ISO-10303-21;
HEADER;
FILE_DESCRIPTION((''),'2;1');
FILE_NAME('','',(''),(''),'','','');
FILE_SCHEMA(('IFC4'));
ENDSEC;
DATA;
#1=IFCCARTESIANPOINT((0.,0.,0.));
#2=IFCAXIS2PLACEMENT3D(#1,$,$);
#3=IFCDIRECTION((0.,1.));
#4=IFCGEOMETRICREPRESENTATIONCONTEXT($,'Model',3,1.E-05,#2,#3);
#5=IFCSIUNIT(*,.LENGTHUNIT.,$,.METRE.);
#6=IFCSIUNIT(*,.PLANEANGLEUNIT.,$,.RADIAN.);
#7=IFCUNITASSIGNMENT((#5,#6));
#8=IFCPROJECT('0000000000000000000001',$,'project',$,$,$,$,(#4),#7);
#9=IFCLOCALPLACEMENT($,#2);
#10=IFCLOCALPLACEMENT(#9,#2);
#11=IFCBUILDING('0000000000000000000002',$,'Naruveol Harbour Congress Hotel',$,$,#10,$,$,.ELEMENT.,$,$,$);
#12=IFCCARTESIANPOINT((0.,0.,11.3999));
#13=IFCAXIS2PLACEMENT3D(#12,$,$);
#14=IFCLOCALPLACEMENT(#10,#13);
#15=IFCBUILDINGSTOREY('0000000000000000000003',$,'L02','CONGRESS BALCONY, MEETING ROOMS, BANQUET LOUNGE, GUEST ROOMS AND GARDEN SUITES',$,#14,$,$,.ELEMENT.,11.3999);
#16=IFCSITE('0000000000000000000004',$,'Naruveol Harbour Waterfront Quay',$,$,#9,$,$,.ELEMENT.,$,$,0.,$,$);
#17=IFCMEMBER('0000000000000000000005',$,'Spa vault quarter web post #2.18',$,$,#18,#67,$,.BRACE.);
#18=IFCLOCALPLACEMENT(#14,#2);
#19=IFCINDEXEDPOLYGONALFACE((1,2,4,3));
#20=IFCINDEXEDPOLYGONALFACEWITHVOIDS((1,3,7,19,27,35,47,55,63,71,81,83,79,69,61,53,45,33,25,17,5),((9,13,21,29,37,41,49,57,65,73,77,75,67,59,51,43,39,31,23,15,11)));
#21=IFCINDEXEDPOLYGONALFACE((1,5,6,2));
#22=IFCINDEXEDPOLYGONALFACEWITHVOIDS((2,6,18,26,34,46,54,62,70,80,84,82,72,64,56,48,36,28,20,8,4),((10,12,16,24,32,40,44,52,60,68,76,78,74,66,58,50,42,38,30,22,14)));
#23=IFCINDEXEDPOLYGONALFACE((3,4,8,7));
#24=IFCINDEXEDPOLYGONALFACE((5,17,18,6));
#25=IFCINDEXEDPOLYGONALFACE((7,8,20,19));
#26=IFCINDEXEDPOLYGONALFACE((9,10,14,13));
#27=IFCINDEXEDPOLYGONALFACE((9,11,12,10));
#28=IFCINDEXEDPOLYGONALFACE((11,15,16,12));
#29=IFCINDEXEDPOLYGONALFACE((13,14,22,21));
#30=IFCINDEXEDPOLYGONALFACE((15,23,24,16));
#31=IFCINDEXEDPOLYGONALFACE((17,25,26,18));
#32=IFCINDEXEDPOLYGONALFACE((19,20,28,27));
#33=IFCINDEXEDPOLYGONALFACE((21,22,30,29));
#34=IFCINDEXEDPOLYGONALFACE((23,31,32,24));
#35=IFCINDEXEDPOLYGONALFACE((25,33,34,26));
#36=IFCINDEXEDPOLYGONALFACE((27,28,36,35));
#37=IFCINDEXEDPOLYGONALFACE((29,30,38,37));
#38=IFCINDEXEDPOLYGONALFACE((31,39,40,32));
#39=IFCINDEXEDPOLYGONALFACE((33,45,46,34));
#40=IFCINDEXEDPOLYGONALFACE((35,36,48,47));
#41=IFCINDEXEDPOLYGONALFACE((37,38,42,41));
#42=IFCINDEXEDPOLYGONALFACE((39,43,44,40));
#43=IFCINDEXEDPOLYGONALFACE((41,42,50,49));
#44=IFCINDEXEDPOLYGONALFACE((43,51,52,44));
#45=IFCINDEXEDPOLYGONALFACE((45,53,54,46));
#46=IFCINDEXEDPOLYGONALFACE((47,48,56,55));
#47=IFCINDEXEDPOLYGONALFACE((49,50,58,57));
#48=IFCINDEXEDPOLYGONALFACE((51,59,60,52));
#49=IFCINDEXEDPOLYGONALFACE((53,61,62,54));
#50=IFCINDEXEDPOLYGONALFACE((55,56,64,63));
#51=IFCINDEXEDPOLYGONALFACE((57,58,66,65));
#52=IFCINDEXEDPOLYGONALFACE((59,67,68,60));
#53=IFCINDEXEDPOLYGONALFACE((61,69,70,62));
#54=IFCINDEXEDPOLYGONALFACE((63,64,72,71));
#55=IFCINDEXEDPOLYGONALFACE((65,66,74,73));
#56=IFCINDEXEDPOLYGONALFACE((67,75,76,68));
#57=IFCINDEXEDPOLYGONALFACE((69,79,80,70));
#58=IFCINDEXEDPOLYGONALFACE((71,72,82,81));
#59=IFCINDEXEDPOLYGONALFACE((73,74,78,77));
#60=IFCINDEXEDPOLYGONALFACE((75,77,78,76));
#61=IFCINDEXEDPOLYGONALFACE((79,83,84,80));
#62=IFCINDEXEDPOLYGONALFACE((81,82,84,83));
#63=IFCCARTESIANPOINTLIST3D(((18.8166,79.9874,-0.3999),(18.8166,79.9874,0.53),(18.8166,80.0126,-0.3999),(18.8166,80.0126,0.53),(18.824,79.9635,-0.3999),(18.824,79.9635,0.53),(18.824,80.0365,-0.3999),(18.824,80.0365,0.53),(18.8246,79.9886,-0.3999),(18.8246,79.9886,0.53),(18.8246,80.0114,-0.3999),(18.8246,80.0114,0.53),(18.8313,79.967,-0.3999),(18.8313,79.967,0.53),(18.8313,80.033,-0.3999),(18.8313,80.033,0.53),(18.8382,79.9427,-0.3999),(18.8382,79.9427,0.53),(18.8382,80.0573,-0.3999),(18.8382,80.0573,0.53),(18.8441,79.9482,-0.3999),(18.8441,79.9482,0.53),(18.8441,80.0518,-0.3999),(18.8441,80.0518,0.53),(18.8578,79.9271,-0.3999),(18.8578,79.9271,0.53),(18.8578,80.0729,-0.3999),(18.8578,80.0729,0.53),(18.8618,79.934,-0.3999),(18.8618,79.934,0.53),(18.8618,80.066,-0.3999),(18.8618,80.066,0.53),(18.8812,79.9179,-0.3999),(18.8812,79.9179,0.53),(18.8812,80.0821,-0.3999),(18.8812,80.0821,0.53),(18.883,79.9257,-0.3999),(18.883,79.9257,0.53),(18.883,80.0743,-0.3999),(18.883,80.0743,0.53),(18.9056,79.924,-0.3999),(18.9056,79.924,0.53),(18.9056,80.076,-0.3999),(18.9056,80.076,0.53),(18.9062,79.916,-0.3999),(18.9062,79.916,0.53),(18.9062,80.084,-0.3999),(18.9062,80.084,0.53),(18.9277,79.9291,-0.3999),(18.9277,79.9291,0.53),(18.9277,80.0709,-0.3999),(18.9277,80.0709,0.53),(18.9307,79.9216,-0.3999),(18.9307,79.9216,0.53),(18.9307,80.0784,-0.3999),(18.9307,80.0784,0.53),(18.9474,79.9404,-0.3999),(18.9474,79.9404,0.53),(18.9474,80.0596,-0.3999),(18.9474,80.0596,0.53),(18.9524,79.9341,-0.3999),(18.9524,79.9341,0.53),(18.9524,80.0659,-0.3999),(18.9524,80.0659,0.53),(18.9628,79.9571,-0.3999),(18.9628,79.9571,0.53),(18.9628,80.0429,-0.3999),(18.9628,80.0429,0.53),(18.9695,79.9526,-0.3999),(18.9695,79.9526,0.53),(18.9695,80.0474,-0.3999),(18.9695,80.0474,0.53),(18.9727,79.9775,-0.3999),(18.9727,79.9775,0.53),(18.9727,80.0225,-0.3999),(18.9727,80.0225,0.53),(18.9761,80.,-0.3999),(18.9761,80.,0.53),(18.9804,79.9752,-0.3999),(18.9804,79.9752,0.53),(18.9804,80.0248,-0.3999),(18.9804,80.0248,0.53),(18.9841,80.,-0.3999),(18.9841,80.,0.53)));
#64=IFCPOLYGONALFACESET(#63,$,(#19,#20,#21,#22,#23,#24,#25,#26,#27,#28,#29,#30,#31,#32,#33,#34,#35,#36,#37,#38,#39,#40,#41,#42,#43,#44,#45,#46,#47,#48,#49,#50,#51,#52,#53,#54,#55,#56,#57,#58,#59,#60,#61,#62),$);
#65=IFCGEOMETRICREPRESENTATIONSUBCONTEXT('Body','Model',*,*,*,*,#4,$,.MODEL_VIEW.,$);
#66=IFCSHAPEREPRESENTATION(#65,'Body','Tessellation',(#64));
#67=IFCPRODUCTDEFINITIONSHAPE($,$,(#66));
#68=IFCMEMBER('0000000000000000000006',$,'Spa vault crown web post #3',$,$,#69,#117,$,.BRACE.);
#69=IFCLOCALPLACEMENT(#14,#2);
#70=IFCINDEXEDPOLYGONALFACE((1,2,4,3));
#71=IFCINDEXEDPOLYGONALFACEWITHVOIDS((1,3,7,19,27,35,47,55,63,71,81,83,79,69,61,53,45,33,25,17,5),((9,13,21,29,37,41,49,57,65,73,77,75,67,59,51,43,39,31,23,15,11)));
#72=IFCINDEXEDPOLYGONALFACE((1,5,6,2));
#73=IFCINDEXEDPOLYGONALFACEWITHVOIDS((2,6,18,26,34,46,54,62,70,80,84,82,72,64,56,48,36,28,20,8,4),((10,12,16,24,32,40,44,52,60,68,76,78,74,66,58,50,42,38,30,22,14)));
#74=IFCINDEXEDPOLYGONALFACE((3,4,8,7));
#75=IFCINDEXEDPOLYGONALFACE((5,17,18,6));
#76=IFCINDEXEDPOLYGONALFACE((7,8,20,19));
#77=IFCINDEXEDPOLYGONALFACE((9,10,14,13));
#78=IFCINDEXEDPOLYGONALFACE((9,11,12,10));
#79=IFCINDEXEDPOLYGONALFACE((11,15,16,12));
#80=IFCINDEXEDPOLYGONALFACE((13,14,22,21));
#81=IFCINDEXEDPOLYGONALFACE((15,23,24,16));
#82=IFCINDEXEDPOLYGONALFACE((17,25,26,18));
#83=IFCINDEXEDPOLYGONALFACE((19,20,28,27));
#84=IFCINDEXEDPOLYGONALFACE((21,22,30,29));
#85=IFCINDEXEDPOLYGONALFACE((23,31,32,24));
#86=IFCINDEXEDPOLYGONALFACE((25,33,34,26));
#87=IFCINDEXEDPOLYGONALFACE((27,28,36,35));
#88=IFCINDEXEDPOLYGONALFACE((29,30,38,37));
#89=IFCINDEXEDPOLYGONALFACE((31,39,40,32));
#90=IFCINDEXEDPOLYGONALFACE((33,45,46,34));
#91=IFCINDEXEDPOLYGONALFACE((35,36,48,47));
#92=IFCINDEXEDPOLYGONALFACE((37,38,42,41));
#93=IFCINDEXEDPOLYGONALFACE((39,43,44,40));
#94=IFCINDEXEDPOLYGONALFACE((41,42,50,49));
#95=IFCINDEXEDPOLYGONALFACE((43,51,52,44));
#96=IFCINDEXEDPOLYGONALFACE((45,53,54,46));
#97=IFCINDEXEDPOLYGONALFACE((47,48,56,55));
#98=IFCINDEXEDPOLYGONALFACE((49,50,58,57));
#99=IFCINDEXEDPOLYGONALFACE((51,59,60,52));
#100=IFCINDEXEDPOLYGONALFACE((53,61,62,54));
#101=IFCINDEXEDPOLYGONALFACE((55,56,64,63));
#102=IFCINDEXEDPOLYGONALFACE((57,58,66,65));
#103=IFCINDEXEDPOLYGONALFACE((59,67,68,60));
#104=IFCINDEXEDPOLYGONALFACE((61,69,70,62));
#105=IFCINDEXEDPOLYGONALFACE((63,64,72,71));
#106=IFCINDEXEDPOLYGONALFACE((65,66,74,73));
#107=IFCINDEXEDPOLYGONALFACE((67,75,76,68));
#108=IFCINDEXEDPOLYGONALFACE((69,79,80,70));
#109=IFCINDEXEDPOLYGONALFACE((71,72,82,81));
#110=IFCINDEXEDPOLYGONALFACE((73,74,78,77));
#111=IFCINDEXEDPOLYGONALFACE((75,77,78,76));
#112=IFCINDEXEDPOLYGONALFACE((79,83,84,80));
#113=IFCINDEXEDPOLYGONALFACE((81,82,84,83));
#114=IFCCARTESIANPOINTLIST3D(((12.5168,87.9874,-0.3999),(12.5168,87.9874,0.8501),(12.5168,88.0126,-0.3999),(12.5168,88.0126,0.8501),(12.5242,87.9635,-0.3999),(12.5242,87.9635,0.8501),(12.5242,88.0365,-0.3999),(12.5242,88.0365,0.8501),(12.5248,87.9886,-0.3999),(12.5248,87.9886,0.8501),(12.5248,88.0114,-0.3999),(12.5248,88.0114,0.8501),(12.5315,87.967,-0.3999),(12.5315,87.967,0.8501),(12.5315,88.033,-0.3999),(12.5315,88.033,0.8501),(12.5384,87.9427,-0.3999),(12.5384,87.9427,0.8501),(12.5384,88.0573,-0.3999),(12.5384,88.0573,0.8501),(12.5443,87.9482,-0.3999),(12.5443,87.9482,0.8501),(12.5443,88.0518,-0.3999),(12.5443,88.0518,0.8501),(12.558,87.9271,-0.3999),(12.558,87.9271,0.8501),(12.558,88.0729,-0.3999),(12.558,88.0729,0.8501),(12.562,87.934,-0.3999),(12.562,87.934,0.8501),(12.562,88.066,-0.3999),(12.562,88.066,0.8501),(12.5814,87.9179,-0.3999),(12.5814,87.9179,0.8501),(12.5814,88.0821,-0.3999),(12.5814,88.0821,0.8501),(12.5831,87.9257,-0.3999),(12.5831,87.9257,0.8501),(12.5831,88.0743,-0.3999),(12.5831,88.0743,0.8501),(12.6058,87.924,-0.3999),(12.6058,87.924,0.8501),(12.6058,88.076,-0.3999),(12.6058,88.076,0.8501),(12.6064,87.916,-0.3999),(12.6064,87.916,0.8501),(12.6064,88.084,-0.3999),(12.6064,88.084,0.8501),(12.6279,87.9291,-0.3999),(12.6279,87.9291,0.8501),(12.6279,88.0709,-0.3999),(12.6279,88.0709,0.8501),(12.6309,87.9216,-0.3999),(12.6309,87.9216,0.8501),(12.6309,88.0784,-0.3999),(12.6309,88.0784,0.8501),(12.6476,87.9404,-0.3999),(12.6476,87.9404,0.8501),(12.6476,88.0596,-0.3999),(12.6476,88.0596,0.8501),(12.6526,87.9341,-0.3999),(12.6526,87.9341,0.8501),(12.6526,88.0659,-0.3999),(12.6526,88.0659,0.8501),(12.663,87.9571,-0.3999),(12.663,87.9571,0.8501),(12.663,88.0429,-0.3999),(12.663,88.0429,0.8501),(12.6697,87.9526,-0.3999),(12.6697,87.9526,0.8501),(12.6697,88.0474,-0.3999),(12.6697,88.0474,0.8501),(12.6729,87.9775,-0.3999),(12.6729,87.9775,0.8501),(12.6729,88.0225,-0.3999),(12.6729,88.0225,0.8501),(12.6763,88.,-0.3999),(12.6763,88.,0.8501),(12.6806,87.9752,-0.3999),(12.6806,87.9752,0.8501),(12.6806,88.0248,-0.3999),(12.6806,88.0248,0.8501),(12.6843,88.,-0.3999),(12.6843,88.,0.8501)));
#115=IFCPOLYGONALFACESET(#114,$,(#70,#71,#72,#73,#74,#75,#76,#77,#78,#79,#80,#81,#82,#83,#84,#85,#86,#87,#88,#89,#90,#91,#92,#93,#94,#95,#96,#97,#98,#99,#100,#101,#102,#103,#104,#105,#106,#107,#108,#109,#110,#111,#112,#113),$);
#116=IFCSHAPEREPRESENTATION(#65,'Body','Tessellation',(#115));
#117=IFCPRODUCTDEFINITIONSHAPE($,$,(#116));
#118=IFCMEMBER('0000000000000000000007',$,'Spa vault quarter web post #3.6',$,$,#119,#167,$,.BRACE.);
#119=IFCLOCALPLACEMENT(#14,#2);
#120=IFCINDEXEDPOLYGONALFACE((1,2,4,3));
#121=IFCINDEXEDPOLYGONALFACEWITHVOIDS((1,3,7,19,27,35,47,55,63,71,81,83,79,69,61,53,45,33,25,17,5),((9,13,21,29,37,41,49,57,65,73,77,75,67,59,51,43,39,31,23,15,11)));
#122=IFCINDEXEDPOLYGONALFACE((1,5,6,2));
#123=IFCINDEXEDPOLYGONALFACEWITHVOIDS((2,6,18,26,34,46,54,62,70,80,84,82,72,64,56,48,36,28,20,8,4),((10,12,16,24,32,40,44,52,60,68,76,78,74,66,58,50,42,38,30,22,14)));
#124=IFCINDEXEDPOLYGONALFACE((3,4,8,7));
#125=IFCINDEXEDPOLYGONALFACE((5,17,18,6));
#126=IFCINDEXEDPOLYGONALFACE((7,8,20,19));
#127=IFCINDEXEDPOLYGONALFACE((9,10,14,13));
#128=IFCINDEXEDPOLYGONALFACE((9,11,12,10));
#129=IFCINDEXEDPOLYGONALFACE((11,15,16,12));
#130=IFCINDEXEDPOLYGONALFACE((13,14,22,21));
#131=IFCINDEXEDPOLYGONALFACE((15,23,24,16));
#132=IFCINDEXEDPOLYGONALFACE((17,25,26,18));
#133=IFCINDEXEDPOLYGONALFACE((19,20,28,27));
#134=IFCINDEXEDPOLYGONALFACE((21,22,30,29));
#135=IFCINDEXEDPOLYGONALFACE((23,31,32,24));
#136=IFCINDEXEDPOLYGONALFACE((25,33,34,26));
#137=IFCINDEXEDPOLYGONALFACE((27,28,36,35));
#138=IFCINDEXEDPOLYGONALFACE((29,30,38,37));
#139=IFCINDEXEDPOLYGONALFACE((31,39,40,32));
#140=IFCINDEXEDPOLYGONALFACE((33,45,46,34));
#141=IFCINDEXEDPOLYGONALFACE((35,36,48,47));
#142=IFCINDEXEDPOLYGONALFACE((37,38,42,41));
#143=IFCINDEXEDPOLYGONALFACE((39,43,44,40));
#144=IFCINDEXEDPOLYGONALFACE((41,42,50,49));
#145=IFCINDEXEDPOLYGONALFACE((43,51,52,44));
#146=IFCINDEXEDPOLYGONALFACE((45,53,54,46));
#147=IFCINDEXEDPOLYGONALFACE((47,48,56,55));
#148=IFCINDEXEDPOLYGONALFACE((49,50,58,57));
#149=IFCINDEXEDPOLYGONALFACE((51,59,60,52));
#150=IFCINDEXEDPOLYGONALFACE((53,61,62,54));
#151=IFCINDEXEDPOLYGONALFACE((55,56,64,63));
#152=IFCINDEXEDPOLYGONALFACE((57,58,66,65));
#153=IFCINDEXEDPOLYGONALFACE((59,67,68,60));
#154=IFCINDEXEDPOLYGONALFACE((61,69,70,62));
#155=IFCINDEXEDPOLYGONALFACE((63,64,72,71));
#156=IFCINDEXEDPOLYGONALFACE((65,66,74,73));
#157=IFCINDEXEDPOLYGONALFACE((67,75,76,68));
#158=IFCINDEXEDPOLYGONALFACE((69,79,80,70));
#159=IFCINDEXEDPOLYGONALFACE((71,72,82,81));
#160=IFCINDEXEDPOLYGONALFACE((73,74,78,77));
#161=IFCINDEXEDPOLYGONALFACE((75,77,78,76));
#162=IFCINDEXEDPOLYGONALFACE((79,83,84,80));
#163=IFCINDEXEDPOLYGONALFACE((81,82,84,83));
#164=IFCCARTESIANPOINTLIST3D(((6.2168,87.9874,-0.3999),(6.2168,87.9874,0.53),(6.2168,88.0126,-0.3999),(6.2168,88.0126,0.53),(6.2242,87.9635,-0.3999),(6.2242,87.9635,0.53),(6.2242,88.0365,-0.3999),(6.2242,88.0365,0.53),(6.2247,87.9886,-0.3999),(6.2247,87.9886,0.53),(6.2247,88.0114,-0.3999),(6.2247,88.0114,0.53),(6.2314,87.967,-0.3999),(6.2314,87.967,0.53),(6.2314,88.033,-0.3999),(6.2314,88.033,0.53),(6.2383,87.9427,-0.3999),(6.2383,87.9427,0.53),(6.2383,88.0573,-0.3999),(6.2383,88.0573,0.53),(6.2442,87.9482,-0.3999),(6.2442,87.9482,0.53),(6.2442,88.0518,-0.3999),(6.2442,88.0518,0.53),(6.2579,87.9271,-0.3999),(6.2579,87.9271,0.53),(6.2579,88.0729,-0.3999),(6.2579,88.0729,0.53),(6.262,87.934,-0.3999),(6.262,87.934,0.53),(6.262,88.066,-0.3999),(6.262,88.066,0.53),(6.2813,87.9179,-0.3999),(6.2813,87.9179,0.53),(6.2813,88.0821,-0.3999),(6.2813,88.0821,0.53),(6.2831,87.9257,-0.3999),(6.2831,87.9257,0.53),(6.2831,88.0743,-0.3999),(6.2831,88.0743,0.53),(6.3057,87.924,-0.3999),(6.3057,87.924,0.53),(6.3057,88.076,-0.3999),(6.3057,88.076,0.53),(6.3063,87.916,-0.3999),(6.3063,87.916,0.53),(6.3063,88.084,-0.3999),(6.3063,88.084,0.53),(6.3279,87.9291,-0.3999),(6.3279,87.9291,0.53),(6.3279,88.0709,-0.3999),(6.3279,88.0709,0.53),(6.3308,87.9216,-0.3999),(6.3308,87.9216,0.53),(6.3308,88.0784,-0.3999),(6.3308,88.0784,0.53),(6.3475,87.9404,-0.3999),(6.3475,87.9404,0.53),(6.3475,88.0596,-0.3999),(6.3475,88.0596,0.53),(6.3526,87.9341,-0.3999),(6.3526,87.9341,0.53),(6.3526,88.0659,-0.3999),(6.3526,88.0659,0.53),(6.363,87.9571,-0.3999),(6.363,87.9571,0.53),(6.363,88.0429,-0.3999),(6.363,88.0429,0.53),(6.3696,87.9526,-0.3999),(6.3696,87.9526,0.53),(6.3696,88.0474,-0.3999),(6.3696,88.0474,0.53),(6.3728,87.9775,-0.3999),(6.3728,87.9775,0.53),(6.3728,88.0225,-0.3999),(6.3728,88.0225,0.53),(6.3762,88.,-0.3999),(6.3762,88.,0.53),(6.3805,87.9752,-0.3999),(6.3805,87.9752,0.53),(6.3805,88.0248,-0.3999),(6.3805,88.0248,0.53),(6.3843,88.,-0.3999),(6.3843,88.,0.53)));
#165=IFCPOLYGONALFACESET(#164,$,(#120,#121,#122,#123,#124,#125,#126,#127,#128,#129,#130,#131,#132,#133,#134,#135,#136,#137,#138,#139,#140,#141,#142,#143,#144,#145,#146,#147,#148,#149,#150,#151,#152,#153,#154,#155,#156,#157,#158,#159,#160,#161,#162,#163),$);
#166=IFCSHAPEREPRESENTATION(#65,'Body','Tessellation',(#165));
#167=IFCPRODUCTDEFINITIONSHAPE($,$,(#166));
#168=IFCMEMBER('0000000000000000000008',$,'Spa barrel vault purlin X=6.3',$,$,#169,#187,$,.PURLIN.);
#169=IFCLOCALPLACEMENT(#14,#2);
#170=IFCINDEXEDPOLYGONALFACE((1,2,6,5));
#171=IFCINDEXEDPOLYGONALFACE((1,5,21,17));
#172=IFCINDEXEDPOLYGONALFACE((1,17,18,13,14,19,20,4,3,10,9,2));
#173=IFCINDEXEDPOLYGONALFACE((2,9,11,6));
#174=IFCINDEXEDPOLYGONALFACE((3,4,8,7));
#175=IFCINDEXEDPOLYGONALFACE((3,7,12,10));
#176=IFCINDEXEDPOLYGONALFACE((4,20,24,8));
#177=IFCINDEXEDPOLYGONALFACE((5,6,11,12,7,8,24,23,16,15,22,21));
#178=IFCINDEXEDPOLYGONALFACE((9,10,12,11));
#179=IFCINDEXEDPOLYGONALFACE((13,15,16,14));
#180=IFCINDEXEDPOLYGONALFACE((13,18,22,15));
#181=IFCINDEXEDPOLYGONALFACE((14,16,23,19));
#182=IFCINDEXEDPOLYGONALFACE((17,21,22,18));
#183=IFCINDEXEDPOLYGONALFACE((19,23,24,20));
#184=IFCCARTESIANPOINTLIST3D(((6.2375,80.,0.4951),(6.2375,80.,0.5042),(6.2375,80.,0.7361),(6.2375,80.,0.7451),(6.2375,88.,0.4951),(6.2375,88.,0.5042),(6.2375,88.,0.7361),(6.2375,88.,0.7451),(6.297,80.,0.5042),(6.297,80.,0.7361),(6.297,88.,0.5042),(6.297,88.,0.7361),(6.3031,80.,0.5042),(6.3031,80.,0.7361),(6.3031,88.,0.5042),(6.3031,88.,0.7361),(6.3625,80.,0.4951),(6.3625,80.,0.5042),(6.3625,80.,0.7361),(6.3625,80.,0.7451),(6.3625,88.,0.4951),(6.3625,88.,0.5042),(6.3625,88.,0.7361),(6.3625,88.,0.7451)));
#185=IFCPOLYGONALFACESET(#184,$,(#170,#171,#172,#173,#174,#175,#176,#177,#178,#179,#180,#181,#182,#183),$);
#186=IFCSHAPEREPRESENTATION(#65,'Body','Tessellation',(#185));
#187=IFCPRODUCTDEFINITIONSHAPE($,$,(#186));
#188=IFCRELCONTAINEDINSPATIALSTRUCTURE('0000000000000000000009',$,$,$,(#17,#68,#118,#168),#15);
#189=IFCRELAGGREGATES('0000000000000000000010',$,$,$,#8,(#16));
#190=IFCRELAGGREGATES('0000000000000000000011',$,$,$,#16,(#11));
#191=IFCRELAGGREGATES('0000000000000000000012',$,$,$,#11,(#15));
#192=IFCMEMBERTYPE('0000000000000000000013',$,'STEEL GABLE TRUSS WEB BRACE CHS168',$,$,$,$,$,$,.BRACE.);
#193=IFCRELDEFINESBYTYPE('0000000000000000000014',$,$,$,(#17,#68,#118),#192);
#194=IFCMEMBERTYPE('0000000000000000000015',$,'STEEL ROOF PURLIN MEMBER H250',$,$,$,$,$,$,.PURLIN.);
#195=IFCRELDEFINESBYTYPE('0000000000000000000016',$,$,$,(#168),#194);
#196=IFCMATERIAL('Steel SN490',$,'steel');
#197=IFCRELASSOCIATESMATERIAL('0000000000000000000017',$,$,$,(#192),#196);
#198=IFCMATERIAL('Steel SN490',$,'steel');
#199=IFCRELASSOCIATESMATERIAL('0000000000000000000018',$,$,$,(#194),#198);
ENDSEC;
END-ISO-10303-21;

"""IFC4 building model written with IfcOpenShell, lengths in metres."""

from ifc_helpers import new_model, si_unit, direction, frame, origin, origin_2d, place, context, subcontext, project, spatial, hollow_circle, i_section, extrude, material, material_profile, profile_set, type_object, element, save


model = new_model("IFC4")

# Units and contexts
model_context = context("Model", 3, precision=1e-05, world=origin(), true_north=direction((0.0, 1.0)))
body_context = subcontext(model_context, "Body", "Model", "MODEL_VIEW")
ifc_project = project(units=[si_unit("LENGTHUNIT", "METRE"), si_unit("PLANEANGLEUNIT", "RADIAN")], contexts=[model_context])

# Site, building, storey
site_placement = place(None, origin())
site = spatial("IfcSite", under=ifc_project, at=site_placement, Name="Naruveol Harbour Waterfront Quay", CompositionType="ELEMENT", RefElevation=0.0)
building_placement = place(site_placement, origin())
building = spatial("IfcBuilding", under=site, at=building_placement, Name="Naruveol Harbour Congress Hotel", CompositionType="ELEMENT")
storey_placement = place(building_placement, frame((0.0, 0.0, 11.3999)))
storey = spatial("IfcBuildingStorey", under=building, at=storey_placement, Name="L02", Description="CONGRESS BALCONY, MEETING ROOMS, BANQUET LOUNGE, GUEST ROOMS AND GARDEN SUITES", CompositionType="ELEMENT", Elevation=11.3999)

# Members
ifc_material_1 = material(Name="Steel SN490", Category="steel")
ifc_material_profile_1 = material_profile(ifc_material_1, hollow_circle(Radius=0.0842, WallThickness=0.0081, at=origin_2d()), Name="CHS-168.3x8")
ifc_profile_set_1 = profile_set([ifc_material_profile_1], Name="Steel SN490")
member_type_1 = type_object("IfcMemberType", Name="STEEL GABLE TRUSS WEB BRACE CHS168", PredefinedType="BRACE", material=ifc_profile_set_1)
for number, where, z_axis, x_axis, name in (
    (1, (18.8999, 80.0, -0.3999), (0.0, 0.0, 1.0), (1.0, 0.0, 0.0), "Spa vault quarter web post #2.18"),
):
    element("IfcMember", number, at=place(storey_placement, frame(where, z_axis=z_axis, x_axis=x_axis)), inside=storey, type_object=member_type_1, Name=name, PredefinedType="BRACE", context=body_context, shape_type="SweptSolid", body=[
        extrude(hollow_circle(Radius=0.0842, WallThickness=0.0081, at=origin_2d()), origin(), (0.0, 0.0, 1.0), 0.9299),
    ])
member_1_placement = place(storey_placement, frame((12.6001, 88.0, -0.3999), z_axis=(0.0, 0.0, 1.0), x_axis=(1.0, 0.0, 0.0)))
element("IfcMember", 2, at=member_1_placement, inside=storey, type_object=member_type_1, Name="Spa vault crown web post #3", PredefinedType="BRACE", context=body_context, shape_type="SweptSolid", body=[
    extrude(hollow_circle(Radius=0.0842, WallThickness=0.0081, at=origin_2d()), origin(), (0.0, 0.0, 1.0), 1.25),
])
member_2_placement = place(storey_placement, frame((6.3, 88.0, -0.3999), z_axis=(0.0, 0.0, 1.0), x_axis=(1.0, 0.0, 0.0)))
element("IfcMember", 3, at=member_2_placement, inside=storey, type_object=member_type_1, Name="Spa vault quarter web post #3.6", PredefinedType="BRACE", context=body_context, shape_type="SweptSolid", body=[
    extrude(hollow_circle(Radius=0.0842, WallThickness=0.0081, at=origin_2d()), origin(), (0.0, 0.0, 1.0), 0.9299),
])
ifc_material_2 = material(Name="Steel SN490", Category="steel")
ifc_material_profile_2 = material_profile(ifc_material_2, i_section(OverallWidth=0.125, OverallDepth=0.25, WebThickness=0.0061, FlangeThickness=0.009, at=origin_2d()), Name="H-250x125x6x9")
ifc_profile_set_2 = profile_set([ifc_material_profile_2], Name="Steel SN490")
member_type_2 = type_object("IfcMemberType", Name="STEEL ROOF PURLIN MEMBER H250", PredefinedType="PURLIN", material=ifc_profile_set_2)
for number, where, z_axis, x_axis, name in (
    (4, (6.3, 80.0, 0.6201), (0.0, 1.0, 0.0), (-1.0, 0.0, 0.0), "Spa barrel vault purlin X=6.3"),
):
    element("IfcMember", number, at=place(storey_placement, frame(where, z_axis=z_axis, x_axis=x_axis)), inside=storey, type_object=member_type_2, Name=name, PredefinedType="PURLIN", context=body_context, shape_type="SweptSolid", body=[
        extrude(i_section(OverallWidth=0.125, OverallDepth=0.25, WebThickness=0.0061, FlangeThickness=0.009, at=origin_2d()), origin(), (0.0, 0.0, 1.0), 8.0),
    ])

save(model, "model.ifc")
